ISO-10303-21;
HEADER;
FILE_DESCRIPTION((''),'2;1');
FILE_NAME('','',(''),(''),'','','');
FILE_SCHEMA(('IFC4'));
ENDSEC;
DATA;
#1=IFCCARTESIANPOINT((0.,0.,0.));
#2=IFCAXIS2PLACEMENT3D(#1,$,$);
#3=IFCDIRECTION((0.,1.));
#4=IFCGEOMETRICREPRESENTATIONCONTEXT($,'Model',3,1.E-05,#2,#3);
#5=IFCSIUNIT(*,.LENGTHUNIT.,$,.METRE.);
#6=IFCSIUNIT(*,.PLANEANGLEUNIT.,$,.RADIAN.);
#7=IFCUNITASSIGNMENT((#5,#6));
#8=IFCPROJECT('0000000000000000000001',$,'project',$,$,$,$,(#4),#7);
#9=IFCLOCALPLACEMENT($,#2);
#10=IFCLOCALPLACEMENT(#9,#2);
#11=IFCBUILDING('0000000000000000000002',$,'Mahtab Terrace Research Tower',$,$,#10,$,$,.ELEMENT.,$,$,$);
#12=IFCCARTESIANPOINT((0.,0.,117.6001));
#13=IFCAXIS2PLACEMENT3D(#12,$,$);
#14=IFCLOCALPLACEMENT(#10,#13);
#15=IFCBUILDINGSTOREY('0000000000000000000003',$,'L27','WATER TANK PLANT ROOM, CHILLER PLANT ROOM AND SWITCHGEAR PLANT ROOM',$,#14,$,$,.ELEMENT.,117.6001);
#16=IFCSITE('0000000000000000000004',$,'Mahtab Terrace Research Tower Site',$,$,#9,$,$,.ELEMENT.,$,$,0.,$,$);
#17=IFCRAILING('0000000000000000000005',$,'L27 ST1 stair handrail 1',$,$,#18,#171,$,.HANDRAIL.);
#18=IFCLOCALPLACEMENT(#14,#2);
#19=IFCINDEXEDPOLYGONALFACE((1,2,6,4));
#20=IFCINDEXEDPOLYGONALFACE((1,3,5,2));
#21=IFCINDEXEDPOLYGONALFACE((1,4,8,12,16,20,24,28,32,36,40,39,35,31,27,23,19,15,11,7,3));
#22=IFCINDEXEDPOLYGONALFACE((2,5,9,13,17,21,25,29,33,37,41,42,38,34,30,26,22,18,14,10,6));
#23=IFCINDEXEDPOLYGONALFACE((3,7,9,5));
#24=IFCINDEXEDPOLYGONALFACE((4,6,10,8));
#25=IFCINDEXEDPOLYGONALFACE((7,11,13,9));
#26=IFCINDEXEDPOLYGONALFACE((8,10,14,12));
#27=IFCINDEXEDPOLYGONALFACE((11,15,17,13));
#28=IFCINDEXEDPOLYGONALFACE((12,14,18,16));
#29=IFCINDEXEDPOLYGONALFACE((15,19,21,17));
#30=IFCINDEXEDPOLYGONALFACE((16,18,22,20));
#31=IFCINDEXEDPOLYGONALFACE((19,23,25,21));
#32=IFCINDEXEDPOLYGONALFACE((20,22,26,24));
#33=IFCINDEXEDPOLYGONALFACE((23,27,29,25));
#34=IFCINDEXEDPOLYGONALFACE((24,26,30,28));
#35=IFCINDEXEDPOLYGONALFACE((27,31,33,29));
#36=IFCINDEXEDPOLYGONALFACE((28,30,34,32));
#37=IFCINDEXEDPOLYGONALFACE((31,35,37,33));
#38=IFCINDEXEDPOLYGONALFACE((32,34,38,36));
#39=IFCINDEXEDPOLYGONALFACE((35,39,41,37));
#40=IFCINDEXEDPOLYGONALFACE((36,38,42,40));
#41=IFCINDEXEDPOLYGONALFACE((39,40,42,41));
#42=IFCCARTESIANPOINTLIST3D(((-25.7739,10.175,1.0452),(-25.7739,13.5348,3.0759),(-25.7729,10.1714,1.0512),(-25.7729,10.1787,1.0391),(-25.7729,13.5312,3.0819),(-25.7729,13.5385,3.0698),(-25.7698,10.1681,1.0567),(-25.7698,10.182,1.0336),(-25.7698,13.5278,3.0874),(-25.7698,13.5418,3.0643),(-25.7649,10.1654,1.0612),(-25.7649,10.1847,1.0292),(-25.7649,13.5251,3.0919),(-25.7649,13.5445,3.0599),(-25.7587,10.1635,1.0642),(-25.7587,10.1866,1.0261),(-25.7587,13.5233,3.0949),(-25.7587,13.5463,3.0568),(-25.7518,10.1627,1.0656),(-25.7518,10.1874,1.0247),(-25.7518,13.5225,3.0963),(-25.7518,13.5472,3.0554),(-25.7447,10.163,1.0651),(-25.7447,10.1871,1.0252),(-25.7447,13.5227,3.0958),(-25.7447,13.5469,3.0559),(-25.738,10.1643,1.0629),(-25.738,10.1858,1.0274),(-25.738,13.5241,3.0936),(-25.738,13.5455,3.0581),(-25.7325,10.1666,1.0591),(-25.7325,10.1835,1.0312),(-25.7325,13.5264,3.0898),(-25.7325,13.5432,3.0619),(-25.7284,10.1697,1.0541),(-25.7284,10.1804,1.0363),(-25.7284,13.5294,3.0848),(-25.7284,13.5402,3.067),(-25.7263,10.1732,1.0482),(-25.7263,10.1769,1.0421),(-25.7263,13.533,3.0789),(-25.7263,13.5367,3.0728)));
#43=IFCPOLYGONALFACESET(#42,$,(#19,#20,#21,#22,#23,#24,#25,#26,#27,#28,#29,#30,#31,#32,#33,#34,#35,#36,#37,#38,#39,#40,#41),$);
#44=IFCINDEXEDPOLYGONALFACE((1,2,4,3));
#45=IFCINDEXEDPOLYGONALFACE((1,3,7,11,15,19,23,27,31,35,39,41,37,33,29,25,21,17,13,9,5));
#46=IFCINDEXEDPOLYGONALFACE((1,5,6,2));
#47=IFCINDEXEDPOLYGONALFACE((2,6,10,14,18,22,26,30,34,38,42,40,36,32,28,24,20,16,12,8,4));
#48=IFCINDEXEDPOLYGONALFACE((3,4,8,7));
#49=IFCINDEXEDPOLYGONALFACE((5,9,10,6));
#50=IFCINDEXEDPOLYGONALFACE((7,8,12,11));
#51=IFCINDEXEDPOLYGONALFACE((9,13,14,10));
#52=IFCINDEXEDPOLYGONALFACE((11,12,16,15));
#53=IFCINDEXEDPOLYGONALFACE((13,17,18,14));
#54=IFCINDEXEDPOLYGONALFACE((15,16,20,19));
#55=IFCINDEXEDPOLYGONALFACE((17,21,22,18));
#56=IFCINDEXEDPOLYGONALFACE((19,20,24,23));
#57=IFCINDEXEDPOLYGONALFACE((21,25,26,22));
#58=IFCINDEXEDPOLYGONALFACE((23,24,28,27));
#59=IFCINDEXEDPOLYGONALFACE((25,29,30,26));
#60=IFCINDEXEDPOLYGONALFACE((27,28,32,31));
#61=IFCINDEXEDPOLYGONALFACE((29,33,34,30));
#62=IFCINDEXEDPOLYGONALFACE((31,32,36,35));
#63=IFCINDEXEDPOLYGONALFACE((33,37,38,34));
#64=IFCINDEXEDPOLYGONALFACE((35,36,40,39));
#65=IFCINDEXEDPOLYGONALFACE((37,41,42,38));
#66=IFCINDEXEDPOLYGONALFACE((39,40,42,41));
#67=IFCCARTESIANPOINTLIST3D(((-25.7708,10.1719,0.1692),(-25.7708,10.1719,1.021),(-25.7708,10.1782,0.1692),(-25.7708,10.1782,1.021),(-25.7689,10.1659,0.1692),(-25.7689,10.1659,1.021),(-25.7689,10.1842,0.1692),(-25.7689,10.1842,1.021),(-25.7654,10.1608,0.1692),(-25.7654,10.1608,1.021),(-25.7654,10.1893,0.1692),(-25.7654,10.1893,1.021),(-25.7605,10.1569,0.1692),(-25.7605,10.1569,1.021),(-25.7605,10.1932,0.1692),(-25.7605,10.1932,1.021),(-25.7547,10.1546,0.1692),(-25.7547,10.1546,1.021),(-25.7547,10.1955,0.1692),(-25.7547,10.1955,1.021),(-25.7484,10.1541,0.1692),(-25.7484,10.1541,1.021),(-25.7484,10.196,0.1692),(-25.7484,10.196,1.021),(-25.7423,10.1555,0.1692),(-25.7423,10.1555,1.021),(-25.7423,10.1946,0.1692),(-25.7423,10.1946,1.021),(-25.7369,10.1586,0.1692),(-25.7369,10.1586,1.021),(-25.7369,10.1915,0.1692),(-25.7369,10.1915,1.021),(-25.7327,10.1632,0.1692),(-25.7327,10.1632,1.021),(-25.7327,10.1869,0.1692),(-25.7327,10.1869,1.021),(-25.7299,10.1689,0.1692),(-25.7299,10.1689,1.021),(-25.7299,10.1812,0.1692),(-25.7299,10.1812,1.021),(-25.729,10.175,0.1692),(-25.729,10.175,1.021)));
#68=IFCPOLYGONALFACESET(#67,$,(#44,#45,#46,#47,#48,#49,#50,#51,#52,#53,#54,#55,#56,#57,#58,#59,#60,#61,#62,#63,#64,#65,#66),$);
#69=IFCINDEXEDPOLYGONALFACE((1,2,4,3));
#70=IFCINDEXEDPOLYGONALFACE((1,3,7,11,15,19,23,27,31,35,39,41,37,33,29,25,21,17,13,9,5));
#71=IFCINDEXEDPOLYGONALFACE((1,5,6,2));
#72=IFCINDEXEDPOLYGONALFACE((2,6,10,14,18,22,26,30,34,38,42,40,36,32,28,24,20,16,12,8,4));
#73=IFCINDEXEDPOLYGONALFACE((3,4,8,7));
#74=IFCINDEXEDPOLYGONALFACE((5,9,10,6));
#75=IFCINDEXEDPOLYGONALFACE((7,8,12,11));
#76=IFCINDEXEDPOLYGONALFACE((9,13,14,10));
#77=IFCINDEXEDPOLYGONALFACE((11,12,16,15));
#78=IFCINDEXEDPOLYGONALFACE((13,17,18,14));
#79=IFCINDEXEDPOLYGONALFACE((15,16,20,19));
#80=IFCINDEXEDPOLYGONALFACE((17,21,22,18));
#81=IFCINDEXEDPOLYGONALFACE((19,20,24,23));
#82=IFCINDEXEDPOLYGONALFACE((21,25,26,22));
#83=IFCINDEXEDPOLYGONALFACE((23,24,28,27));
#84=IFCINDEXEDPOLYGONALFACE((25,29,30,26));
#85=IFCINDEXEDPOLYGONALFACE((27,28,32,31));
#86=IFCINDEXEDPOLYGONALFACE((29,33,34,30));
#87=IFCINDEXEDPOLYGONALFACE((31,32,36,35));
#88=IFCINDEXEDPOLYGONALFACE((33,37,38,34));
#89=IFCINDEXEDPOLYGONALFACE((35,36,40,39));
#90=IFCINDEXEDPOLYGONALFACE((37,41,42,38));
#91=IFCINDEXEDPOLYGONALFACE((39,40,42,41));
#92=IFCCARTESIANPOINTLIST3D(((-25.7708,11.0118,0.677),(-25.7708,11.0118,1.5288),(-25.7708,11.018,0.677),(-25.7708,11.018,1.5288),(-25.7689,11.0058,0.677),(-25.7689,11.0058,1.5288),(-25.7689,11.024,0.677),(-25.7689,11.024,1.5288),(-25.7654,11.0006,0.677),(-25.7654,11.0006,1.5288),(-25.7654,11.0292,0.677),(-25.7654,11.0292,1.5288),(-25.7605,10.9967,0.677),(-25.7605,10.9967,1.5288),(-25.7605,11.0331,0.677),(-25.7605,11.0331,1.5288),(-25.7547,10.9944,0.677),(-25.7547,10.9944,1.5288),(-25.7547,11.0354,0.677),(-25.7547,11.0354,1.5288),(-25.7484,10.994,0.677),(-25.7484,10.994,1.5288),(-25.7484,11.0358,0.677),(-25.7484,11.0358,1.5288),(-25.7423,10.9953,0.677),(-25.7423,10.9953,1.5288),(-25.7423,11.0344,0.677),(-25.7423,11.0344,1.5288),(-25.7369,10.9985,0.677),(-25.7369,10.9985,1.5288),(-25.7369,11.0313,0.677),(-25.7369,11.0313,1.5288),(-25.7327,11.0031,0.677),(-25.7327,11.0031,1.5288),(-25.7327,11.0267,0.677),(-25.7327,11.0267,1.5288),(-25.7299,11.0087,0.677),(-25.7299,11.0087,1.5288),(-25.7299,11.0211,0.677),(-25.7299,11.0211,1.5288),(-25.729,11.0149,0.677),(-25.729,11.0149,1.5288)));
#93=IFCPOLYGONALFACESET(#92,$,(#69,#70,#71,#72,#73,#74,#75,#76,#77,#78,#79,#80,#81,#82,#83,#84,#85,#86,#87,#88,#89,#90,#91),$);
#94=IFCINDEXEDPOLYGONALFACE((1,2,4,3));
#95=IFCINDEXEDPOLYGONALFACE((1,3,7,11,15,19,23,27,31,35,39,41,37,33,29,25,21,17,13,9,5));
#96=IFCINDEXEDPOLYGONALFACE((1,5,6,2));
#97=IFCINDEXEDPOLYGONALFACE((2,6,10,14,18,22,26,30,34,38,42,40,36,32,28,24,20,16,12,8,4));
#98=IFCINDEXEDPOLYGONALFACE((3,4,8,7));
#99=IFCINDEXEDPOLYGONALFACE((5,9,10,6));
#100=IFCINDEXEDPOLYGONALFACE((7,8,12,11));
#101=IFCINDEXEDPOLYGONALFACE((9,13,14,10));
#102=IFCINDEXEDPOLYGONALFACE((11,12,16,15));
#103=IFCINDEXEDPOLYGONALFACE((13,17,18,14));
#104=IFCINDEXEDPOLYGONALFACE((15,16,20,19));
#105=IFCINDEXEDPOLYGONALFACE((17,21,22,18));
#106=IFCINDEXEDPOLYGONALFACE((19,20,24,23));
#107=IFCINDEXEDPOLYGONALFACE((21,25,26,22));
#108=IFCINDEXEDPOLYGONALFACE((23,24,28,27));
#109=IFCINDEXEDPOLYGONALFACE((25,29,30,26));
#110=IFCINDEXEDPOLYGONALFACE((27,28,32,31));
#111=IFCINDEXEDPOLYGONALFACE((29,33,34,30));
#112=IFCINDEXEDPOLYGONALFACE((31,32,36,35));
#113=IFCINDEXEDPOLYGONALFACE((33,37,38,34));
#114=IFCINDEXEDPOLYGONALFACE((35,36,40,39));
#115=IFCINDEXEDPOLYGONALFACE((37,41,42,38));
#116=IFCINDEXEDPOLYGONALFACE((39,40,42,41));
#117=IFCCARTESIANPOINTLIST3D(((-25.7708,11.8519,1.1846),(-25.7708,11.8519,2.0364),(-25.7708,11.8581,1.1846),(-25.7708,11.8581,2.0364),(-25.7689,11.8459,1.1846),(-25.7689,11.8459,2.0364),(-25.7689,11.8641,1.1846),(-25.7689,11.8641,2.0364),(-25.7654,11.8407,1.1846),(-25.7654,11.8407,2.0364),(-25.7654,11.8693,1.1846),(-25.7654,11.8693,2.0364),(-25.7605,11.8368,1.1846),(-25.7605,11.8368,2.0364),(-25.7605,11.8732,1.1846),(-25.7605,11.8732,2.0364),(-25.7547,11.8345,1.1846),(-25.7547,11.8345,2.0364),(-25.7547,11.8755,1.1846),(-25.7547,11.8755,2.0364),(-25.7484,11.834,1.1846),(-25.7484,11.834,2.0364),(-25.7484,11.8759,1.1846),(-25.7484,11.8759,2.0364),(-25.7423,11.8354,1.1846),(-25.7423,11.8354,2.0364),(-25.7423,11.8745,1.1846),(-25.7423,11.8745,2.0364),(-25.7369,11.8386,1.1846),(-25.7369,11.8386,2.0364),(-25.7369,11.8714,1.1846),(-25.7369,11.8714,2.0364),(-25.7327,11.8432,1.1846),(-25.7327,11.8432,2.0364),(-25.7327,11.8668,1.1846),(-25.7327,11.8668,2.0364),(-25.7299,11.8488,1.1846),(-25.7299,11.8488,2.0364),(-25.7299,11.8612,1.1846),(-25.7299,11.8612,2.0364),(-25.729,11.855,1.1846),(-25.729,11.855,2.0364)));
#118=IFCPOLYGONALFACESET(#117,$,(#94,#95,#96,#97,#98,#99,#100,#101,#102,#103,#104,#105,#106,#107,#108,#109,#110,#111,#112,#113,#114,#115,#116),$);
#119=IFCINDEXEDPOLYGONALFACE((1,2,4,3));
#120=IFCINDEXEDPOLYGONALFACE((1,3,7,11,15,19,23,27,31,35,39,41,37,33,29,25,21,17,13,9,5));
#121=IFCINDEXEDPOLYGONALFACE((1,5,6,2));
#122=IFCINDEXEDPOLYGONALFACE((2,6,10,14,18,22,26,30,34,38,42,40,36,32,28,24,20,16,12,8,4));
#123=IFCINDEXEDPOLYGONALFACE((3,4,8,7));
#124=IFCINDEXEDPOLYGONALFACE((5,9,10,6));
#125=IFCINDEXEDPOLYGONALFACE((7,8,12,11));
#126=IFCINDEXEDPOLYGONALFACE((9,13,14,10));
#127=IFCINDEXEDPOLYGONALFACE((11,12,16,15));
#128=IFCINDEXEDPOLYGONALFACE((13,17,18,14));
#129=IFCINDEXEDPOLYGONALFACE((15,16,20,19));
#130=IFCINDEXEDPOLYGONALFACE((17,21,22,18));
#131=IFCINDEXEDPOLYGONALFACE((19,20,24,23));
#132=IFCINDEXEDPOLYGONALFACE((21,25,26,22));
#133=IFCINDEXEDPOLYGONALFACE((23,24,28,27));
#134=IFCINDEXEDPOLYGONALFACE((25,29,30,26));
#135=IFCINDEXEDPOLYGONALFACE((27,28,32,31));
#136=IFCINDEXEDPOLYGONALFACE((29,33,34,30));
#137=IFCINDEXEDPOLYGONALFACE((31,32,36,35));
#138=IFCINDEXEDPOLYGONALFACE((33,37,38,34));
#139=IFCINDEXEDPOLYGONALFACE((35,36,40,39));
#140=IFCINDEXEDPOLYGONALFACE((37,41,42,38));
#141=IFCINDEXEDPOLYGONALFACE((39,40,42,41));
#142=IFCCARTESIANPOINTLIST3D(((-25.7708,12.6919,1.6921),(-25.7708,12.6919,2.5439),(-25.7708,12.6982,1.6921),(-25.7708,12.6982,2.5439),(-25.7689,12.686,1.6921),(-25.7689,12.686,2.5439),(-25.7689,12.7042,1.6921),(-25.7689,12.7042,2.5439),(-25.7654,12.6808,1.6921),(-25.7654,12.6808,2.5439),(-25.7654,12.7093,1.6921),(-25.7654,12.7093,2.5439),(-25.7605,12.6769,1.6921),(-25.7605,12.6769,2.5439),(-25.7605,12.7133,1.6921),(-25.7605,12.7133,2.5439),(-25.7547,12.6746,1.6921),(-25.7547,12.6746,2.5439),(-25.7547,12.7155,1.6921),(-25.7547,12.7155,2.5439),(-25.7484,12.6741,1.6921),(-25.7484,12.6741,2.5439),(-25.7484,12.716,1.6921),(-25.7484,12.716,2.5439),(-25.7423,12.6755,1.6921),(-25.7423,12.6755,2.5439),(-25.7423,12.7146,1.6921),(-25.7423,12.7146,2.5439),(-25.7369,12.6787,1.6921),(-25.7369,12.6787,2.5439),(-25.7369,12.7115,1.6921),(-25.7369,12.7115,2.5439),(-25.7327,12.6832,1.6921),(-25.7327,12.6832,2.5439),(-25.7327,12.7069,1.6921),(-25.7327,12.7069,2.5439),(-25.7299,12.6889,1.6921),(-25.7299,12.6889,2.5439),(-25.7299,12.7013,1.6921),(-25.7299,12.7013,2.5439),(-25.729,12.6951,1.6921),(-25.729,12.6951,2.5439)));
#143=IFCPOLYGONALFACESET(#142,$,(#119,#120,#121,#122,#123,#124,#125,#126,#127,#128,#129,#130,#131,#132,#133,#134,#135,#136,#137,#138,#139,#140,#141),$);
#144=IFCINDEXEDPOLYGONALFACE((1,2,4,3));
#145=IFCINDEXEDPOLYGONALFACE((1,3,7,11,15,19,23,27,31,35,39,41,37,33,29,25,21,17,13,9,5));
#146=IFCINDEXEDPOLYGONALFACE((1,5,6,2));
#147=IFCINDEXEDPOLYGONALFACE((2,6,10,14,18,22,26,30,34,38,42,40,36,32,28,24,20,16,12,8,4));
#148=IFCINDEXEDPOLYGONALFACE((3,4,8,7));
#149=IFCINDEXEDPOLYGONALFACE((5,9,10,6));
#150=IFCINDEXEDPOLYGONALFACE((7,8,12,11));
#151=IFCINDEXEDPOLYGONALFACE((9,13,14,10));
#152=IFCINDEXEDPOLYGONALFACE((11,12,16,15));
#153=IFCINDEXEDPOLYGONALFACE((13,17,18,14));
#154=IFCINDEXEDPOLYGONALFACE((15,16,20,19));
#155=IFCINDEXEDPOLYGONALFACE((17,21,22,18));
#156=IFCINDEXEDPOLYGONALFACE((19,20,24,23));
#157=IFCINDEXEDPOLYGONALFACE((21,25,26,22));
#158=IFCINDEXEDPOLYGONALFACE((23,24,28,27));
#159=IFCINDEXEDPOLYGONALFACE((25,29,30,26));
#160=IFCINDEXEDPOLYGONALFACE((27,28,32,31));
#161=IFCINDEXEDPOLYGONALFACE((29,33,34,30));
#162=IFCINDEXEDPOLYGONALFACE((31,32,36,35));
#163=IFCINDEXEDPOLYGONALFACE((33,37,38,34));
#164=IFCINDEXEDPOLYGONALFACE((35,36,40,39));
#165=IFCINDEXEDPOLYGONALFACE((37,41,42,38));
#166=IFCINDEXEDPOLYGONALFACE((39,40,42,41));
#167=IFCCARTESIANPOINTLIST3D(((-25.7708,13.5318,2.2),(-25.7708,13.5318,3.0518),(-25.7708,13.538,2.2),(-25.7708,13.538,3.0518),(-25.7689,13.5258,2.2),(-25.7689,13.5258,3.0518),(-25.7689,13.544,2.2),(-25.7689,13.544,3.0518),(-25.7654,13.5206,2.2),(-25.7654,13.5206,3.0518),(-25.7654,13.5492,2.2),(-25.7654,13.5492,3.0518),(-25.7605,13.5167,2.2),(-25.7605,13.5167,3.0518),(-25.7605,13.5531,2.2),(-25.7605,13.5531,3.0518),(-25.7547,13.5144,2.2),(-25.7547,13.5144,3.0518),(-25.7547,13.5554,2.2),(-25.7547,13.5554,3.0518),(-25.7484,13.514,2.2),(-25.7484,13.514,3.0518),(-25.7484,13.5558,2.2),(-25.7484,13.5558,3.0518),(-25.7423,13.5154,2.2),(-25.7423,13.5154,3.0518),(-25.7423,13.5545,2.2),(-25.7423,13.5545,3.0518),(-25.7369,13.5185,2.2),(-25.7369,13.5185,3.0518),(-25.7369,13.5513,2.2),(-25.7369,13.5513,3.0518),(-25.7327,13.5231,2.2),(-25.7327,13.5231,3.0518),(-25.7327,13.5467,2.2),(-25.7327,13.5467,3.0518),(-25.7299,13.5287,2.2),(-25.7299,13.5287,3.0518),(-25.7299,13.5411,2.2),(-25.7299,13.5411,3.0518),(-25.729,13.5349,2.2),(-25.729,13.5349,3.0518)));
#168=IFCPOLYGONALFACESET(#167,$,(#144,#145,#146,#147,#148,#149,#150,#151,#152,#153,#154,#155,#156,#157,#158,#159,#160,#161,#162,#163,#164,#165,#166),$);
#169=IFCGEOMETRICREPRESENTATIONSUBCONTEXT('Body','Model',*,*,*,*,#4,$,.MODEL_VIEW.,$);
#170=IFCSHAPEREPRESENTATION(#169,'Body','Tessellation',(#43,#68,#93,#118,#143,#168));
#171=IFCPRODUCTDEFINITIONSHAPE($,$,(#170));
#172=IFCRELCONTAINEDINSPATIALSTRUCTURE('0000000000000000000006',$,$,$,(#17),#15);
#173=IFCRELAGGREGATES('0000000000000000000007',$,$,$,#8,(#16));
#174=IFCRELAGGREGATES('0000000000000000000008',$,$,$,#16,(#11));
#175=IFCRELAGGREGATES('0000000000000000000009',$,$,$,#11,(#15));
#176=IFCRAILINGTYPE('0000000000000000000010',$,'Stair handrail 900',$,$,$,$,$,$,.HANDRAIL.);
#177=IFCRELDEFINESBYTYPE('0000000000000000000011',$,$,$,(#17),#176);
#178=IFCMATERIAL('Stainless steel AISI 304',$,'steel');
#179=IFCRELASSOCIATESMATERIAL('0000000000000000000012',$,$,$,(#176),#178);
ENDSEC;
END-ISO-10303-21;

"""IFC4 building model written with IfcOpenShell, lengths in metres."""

from ifc_helpers import new_model, si_unit, direction, frame, origin, origin_2d, place, context, subcontext, project, spatial, circle, extrude, material, type_object, element, save


model = new_model("IFC4")

# Units and contexts
model_context = context("Model", 3, precision=1e-05, world=origin(), true_north=direction((0.0, 1.0)))
body_context = subcontext(model_context, "Body", "Model", "MODEL_VIEW")
ifc_project = project(units=[si_unit("LENGTHUNIT", "METRE"), si_unit("PLANEANGLEUNIT", "RADIAN")], contexts=[model_context])

# Site, building, storey
site_placement = place(None, origin())
site = spatial("IfcSite", under=ifc_project, at=site_placement, Name="Mahtab Terrace Research Tower Site", CompositionType="ELEMENT", RefElevation=0.0)
building_placement = place(site_placement, origin())
building = spatial("IfcBuilding", under=site, at=building_placement, Name="Mahtab Terrace Research Tower", CompositionType="ELEMENT")
storey_placement = place(building_placement, frame((0.0, 0.0, 117.6001)))
storey = spatial("IfcBuildingStorey", under=building, at=storey_placement, Name="L27", Description="WATER TANK PLANT ROOM, CHILLER PLANT ROOM AND SWITCHGEAR PLANT ROOM", CompositionType="ELEMENT", Elevation=117.6001)

# Railing
ifc_material_1 = material(Name="Stainless steel AISI 304", Category="steel")
railing_type_1 = type_object("IfcRailingType", Name="Stair handrail 900", PredefinedType="HANDRAIL", material=ifc_material_1)
railing_1_placement = place(storey_placement, frame((-25.75, 10.175, 0.1692)))
element("IfcRailing", 1, at=railing_1_placement, inside=storey, type_object=railing_type_1, Name="L27 ST1 stair handrail 1", PredefinedType="HANDRAIL", context=body_context, shape_type="SweptSolid", body=[
    extrude(circle(Radius=0.0239, at=origin_2d()), frame((0.0, 0.0, 0.876), z_axis=(0.0, 0.85582, 0.517273), x_axis=(-1.0, 0.0, 0.0)), (0.0, 0.0, 1.0), 3.9258),
    extrude(circle(Radius=0.021, at=origin_2d()), origin(), (0.0, 0.0, 1.0), 0.8518),
    extrude(circle(Radius=0.021, at=origin_2d()), frame((0.0, 0.8398, 0.5078)), (0.0, 0.0, 1.0), 0.8518),
    extrude(circle(Radius=0.021, at=origin_2d()), frame((0.0, 1.6799, 1.0154)), (0.0, 0.0, 1.0), 0.8518),
    extrude(circle(Radius=0.021, at=origin_2d()), frame((0.0, 2.52, 1.5229)), (0.0, 0.0, 1.0), 0.8518),
    extrude(circle(Radius=0.021, at=origin_2d()), frame((0.0, 3.3599, 2.0308)), (0.0, 0.0, 1.0), 0.8518),
])

save(model, "model.ifc")
